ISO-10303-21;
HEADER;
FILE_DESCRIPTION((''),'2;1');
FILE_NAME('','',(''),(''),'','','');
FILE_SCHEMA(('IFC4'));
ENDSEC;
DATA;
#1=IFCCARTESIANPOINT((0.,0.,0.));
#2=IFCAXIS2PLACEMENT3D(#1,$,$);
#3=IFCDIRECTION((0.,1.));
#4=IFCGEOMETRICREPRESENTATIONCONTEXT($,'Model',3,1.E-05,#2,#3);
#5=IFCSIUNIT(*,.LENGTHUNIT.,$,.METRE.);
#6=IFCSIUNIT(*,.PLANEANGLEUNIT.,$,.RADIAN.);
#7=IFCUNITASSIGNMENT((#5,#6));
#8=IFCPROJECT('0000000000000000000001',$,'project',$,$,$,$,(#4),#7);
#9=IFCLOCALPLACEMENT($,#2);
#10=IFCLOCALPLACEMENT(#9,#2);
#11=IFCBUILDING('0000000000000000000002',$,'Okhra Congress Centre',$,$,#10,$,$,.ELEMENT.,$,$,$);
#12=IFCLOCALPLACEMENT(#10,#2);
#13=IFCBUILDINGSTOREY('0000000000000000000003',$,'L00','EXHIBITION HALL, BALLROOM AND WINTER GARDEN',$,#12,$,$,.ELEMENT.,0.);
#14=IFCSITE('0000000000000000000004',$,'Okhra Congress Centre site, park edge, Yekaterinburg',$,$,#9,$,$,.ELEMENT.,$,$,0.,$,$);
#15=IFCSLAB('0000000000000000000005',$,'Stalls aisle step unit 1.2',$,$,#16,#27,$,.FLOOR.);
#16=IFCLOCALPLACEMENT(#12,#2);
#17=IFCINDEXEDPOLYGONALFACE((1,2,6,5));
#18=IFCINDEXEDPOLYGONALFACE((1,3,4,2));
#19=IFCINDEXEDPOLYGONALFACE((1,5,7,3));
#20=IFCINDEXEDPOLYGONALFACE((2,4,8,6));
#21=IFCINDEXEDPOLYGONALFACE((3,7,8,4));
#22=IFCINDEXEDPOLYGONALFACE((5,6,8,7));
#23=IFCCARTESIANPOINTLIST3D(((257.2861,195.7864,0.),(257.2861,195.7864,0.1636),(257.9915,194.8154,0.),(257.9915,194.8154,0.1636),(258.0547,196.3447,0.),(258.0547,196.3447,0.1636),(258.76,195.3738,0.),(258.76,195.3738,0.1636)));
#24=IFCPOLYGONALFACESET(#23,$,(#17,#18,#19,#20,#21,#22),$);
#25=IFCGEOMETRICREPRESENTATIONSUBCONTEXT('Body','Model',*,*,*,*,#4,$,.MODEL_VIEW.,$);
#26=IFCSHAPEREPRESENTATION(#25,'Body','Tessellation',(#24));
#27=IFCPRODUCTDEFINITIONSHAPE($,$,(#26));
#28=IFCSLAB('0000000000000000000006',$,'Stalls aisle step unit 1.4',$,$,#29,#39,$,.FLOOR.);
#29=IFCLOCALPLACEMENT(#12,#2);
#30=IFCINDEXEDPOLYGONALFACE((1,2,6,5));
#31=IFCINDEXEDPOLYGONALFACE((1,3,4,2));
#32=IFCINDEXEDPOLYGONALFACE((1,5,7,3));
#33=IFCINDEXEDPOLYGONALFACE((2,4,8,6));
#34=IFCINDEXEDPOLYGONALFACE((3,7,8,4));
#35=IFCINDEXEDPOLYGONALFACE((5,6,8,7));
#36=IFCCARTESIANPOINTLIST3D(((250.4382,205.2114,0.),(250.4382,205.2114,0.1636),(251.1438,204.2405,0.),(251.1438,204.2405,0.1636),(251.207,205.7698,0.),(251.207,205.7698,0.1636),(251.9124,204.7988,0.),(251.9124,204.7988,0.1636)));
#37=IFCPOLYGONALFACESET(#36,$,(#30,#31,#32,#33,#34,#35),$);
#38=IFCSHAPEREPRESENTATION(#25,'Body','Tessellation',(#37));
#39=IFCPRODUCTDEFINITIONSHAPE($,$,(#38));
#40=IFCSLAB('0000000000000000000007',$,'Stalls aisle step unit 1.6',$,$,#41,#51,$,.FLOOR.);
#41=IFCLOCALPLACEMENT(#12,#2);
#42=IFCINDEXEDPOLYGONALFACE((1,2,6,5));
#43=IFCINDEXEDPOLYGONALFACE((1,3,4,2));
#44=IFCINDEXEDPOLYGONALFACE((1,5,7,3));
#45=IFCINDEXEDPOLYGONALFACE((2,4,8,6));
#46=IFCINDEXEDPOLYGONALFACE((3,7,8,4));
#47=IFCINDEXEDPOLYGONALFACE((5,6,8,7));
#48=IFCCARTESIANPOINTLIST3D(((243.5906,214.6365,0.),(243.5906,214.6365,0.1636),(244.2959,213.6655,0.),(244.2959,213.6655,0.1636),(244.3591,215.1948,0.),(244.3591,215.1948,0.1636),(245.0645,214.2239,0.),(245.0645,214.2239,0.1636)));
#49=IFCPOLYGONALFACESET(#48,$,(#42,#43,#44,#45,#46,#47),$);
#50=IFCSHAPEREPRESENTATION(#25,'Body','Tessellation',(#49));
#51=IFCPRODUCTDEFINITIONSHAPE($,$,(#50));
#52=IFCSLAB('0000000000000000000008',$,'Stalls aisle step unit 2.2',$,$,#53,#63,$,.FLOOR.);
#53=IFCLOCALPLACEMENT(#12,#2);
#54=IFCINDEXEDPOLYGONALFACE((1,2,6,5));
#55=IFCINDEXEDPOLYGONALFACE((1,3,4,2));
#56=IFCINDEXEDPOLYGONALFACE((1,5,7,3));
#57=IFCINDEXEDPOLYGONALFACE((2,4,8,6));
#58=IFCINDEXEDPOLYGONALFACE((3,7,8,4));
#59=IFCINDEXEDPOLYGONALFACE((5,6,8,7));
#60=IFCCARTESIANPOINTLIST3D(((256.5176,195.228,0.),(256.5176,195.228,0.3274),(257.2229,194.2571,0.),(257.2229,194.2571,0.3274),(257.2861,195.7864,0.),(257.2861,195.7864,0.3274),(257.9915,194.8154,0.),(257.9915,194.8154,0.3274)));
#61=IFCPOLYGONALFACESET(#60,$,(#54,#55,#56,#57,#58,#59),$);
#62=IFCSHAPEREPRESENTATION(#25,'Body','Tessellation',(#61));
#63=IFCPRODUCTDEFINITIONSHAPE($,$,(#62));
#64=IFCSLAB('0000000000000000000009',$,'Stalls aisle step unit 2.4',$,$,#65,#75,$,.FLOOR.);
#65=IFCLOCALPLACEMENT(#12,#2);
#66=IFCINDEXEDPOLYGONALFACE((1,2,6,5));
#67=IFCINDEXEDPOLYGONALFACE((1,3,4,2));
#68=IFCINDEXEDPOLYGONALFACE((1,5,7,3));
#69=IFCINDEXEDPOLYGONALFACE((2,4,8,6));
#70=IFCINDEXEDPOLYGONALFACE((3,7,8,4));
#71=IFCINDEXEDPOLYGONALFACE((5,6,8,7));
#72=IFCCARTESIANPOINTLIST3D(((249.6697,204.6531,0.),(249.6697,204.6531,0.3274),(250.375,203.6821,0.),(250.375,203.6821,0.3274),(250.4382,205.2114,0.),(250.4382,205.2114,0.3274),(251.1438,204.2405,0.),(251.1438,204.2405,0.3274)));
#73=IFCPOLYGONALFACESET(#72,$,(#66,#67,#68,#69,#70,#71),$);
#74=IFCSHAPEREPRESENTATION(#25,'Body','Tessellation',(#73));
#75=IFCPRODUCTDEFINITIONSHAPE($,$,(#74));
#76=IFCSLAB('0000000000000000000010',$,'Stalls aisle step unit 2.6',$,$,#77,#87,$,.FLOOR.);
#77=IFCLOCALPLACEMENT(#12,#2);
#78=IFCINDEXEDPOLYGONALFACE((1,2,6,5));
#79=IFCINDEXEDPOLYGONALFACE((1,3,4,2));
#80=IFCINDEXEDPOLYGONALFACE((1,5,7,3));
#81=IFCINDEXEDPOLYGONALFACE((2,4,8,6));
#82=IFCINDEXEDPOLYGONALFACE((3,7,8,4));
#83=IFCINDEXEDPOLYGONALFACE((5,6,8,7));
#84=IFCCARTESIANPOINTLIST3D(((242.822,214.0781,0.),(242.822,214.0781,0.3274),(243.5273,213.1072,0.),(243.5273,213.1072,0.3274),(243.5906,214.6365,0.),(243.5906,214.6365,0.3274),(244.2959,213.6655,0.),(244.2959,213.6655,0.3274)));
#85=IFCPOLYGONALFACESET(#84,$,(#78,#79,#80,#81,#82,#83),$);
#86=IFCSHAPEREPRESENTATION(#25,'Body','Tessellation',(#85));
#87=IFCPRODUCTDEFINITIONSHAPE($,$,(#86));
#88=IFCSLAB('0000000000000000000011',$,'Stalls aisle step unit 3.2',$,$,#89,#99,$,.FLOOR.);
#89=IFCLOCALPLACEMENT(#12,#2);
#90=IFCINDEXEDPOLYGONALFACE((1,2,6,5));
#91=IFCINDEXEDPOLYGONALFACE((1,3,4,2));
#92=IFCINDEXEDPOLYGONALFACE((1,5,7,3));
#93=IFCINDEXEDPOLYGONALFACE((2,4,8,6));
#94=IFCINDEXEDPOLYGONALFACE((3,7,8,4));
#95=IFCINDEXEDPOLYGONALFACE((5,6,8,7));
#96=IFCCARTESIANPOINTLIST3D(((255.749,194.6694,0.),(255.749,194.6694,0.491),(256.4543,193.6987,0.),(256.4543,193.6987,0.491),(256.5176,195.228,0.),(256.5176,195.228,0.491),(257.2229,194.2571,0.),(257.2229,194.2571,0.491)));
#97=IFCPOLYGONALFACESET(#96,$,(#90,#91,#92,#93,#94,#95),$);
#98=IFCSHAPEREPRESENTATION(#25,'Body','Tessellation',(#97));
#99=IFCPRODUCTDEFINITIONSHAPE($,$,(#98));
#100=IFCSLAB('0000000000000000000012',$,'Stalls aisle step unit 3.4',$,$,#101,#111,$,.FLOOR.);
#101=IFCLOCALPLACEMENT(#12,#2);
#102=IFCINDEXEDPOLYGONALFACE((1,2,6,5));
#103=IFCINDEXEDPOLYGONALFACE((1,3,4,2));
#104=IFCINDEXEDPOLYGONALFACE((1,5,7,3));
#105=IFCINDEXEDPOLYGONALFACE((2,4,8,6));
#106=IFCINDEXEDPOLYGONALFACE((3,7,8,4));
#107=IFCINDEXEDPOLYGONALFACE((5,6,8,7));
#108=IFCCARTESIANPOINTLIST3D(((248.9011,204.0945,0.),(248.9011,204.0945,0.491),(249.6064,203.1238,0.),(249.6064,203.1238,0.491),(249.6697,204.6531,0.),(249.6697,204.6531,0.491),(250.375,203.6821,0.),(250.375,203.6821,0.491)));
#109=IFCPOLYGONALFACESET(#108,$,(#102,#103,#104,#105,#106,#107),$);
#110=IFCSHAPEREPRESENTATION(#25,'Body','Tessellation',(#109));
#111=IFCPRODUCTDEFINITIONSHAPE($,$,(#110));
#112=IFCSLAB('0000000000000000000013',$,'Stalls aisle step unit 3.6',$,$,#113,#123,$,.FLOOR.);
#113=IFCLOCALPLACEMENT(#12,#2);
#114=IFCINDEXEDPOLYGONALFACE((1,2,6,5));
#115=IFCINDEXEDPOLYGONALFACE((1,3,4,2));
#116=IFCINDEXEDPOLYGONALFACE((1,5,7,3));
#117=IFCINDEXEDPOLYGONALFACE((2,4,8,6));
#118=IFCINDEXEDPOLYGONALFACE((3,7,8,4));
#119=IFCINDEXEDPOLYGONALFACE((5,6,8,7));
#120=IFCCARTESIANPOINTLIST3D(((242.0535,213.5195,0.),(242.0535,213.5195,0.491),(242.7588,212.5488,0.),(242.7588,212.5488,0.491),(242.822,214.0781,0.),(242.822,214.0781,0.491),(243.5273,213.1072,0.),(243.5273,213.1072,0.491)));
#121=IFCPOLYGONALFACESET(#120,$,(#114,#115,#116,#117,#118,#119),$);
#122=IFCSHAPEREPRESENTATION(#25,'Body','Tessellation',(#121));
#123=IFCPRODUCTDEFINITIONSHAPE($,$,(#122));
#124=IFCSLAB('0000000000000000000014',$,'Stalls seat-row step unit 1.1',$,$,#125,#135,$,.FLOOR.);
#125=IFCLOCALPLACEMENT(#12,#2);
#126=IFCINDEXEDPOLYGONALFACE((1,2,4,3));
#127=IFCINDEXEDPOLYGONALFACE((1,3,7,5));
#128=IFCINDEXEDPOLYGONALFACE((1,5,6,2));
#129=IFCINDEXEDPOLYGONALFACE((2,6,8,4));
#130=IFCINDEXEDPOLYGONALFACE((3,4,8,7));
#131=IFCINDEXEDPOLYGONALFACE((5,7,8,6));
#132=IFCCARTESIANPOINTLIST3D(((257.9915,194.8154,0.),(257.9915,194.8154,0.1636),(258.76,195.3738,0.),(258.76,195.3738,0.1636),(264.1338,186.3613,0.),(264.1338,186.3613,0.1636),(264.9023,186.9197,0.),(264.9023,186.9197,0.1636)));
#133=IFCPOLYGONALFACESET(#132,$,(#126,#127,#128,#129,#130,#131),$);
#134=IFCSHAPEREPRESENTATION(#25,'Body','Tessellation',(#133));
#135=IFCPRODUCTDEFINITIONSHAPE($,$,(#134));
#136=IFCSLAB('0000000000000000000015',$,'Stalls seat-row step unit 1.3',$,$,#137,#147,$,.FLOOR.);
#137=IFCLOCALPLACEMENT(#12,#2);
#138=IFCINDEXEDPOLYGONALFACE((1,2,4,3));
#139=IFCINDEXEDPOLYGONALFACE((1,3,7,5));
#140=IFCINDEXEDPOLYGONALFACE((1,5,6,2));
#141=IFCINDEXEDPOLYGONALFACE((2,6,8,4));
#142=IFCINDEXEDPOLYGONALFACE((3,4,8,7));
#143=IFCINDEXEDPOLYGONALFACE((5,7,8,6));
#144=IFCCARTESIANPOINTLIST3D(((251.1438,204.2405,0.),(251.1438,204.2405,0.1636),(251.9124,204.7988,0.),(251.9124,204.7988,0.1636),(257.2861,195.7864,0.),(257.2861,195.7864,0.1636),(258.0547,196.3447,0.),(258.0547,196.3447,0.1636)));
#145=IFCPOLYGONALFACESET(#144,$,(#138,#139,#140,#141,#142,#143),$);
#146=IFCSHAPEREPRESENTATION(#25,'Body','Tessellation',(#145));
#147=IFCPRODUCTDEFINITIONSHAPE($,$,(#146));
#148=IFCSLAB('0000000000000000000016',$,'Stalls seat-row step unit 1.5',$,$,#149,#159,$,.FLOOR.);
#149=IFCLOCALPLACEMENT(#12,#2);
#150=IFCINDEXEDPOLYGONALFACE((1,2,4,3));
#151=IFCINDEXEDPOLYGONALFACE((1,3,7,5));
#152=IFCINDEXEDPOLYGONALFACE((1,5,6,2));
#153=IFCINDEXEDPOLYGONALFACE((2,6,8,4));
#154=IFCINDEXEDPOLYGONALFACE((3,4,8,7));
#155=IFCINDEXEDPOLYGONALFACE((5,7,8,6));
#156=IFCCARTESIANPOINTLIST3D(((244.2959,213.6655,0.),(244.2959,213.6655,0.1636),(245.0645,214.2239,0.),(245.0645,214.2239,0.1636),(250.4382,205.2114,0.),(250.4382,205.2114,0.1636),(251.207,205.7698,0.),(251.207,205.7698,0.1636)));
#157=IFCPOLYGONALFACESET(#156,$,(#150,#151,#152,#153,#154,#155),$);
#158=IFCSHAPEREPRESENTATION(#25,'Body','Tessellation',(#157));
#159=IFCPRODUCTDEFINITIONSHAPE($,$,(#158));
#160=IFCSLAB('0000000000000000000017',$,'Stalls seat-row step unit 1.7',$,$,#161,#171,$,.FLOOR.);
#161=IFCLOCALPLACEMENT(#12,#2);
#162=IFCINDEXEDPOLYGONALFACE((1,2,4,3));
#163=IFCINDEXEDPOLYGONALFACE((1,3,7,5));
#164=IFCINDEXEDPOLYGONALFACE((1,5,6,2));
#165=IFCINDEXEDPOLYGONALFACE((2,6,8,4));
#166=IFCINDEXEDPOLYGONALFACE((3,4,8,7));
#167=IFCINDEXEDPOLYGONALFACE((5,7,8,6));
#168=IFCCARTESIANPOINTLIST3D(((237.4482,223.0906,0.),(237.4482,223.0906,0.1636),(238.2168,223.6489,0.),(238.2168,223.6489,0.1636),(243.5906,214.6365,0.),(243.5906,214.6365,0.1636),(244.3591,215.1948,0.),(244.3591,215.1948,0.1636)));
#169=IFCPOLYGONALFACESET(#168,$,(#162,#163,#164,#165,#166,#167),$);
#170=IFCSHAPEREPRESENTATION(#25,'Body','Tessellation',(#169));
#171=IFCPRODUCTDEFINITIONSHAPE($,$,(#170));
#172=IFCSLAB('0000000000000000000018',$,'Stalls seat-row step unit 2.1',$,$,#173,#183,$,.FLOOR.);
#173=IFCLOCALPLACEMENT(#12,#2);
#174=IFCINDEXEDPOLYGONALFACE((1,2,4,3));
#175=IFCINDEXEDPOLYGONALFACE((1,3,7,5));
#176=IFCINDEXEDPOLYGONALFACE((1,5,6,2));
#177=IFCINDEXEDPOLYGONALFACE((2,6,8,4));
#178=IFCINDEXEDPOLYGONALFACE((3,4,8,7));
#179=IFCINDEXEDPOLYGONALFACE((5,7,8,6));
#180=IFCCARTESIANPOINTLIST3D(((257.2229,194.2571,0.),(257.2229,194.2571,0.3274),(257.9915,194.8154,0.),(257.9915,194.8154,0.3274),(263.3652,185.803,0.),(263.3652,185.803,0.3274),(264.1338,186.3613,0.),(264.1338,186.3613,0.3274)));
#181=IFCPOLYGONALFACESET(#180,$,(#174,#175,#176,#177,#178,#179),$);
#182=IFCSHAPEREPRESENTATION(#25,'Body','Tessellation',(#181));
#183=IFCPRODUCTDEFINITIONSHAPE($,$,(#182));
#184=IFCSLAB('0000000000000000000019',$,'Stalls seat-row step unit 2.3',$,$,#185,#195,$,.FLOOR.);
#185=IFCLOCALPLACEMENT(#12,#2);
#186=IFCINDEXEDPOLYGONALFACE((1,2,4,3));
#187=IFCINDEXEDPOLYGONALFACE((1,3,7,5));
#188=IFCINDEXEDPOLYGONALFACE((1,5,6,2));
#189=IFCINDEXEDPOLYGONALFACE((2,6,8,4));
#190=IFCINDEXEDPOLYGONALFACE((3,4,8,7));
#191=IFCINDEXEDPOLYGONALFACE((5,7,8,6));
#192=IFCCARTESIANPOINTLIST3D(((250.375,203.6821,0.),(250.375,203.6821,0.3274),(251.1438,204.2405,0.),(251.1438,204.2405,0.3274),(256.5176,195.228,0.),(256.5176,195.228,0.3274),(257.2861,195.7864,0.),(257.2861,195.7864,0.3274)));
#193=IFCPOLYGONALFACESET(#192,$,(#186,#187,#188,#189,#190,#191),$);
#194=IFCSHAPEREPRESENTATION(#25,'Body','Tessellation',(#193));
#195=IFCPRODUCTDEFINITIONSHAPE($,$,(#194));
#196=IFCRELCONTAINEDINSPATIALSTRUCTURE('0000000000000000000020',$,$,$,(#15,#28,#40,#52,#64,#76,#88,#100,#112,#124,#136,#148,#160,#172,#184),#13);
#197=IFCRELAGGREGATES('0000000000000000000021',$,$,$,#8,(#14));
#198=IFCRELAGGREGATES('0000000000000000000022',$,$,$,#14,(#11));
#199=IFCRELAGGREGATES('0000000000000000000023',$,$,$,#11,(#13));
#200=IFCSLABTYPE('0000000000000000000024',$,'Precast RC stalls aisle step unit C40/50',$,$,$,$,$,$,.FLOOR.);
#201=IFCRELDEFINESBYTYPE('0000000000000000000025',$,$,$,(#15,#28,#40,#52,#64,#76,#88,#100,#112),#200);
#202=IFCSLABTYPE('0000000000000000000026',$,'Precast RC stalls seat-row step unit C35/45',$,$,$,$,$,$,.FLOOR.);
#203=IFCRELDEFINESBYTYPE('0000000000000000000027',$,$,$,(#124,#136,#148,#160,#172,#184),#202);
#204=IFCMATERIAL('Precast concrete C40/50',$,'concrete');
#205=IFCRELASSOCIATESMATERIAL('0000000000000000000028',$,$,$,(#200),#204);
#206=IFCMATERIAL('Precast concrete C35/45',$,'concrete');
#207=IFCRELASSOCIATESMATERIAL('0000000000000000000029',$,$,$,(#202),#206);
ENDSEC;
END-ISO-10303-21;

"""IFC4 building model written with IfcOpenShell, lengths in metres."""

from ifc_helpers import new_model, si_unit, direction, origin, place, context, subcontext, project, spatial, polyline, outline, extrude, material, type_object, element, save


model = new_model("IFC4")

# Units and contexts
model_context = context("Model", 3, precision=1e-05, world=origin(), true_north=direction((0.0, 1.0)))
body_context = subcontext(model_context, "Body", "Model", "MODEL_VIEW")
ifc_project = project(units=[si_unit("LENGTHUNIT", "METRE"), si_unit("PLANEANGLEUNIT", "RADIAN")], contexts=[model_context])

# Site, building, storey
site_placement = place(None, origin())
site = spatial("IfcSite", under=ifc_project, at=site_placement, Name="Okhra Congress Centre site, park edge, Yekaterinburg", CompositionType="ELEMENT", RefElevation=0.0)
building_placement = place(site_placement, origin())
building = spatial("IfcBuilding", under=site, at=building_placement, Name="Okhra Congress Centre", CompositionType="ELEMENT")
storey_placement = place(building_placement, origin())
storey = spatial("IfcBuildingStorey", under=building, at=storey_placement, Name="L00", Description="EXHIBITION HALL, BALLROOM AND WINTER GARDEN", CompositionType="ELEMENT", Elevation=0.0)

# Slabs
ifc_material_1 = material(Name="Precast concrete C40/50", Category="concrete")
slab_type_1 = type_object("IfcSlabType", Name="Precast RC stalls aisle step unit C40/50", PredefinedType="FLOOR", material=ifc_material_1)
slab_1_placement = place(storey_placement, origin())
element("IfcSlab", 1, at=slab_1_placement, inside=storey, type_object=slab_type_1, Name="Stalls aisle step unit 1.2", PredefinedType="FLOOR", context=body_context, shape_type="SweptSolid", body=[
    extrude(outline(polyline([(257.9915, 194.8154), (258.76, 195.3738), (258.0547, 196.3447), (257.2861, 195.7864), (257.9915, 194.8154)])), origin(), (0.0, 0.0, 1.0), 0.1636),
])
slab_2_placement = place(storey_placement, origin())
element("IfcSlab", 2, at=slab_2_placement, inside=storey, type_object=slab_type_1, Name="Stalls aisle step unit 1.4", PredefinedType="FLOOR", context=body_context, shape_type="SweptSolid", body=[
    extrude(outline(polyline([(251.1438, 204.2405), (251.9124, 204.7988), (251.207, 205.7698), (250.4382, 205.2114), (251.1438, 204.2405)])), origin(), (0.0, 0.0, 1.0), 0.1636),
])
slab_3_placement = place(storey_placement, origin())
element("IfcSlab", 3, at=slab_3_placement, inside=storey, type_object=slab_type_1, Name="Stalls aisle step unit 1.6", PredefinedType="FLOOR", context=body_context, shape_type="SweptSolid", body=[
    extrude(outline(polyline([(244.2959, 213.6655), (245.0645, 214.2239), (244.3591, 215.1948), (243.5906, 214.6365), (244.2959, 213.6655)])), origin(), (0.0, 0.0, 1.0), 0.1636),
])
slab_4_placement = place(storey_placement, origin())
element("IfcSlab", 4, at=slab_4_placement, inside=storey, type_object=slab_type_1, Name="Stalls aisle step unit 2.2", PredefinedType="FLOOR", context=body_context, shape_type="SweptSolid", body=[
    extrude(outline(polyline([(257.2229, 194.2571), (257.9915, 194.8154), (257.2861, 195.7864), (256.5176, 195.228), (257.2229, 194.2571)])), origin(), (0.0, 0.0, 1.0), 0.3274),
])
slab_5_placement = place(storey_placement, origin())
element("IfcSlab", 5, at=slab_5_placement, inside=storey, type_object=slab_type_1, Name="Stalls aisle step unit 2.4", PredefinedType="FLOOR", context=body_context, shape_type="SweptSolid", body=[
    extrude(outline(polyline([(250.375, 203.6821), (251.1438, 204.2405), (250.4382, 205.2114), (249.6697, 204.6531), (250.375, 203.6821)])), origin(), (0.0, 0.0, 1.0), 0.3274),
])
slab_6_placement = place(storey_placement, origin())
element("IfcSlab", 6, at=slab_6_placement, inside=storey, type_object=slab_type_1, Name="Stalls aisle step unit 2.6", PredefinedType="FLOOR", context=body_context, shape_type="SweptSolid", body=[
    extrude(outline(polyline([(243.5273, 213.1072), (244.2959, 213.6655), (243.5906, 214.6365), (242.822, 214.0781), (243.5273, 213.1072)])), origin(), (0.0, 0.0, 1.0), 0.3274),
])
slab_7_placement = place(storey_placement, origin())
element("IfcSlab", 7, at=slab_7_placement, inside=storey, type_object=slab_type_1, Name="Stalls aisle step unit 3.2", PredefinedType="FLOOR", context=body_context, shape_type="SweptSolid", body=[
    extrude(outline(polyline([(256.4543, 193.6987), (257.2229, 194.2571), (256.5176, 195.228), (255.749, 194.6694), (256.4543, 193.6987)])), origin(), (0.0, 0.0, 1.0), 0.491),
])
slab_8_placement = place(storey_placement, origin())
element("IfcSlab", 8, at=slab_8_placement, inside=storey, type_object=slab_type_1, Name="Stalls aisle step unit 3.4", PredefinedType="FLOOR", context=body_context, shape_type="SweptSolid", body=[
    extrude(outline(polyline([(249.6064, 203.1238), (250.375, 203.6821), (249.6697, 204.6531), (248.9011, 204.0945), (249.6064, 203.1238)])), origin(), (0.0, 0.0, 1.0), 0.491),
])
slab_9_placement = place(storey_placement, origin())
element("IfcSlab", 9, at=slab_9_placement, inside=storey, type_object=slab_type_1, Name="Stalls aisle step unit 3.6", PredefinedType="FLOOR", context=body_context, shape_type="SweptSolid", body=[
    extrude(outline(polyline([(242.7588, 212.5488), (243.5273, 213.1072), (242.822, 214.0781), (242.0535, 213.5195), (242.7588, 212.5488)])), origin(), (0.0, 0.0, 1.0), 0.491),
])
ifc_material_2 = material(Name="Precast concrete C35/45", Category="concrete")
slab_type_2 = type_object("IfcSlabType", Name="Precast RC stalls seat-row step unit C35/45", PredefinedType="FLOOR", material=ifc_material_2)
slab_10_placement = place(storey_placement, origin())
element("IfcSlab", 10, at=slab_10_placement, inside=storey, type_object=slab_type_2, Name="Stalls seat-row step unit 1.1", PredefinedType="FLOOR", context=body_context, shape_type="SweptSolid", body=[
    extrude(outline(polyline([(264.1338, 186.3613), (264.9023, 186.9197), (258.76, 195.3738), (257.9915, 194.8154), (264.1338, 186.3613)])), origin(), (0.0, 0.0, 1.0), 0.1636),
])
slab_11_placement = place(storey_placement, origin())
element("IfcSlab", 11, at=slab_11_placement, inside=storey, type_object=slab_type_2, Name="Stalls seat-row step unit 1.3", PredefinedType="FLOOR", context=body_context, shape_type="SweptSolid", body=[
    extrude(outline(polyline([(257.2861, 195.7864), (258.0547, 196.3447), (251.9124, 204.7988), (251.1438, 204.2405), (257.2861, 195.7864)])), origin(), (0.0, 0.0, 1.0), 0.1636),
])
slab_12_placement = place(storey_placement, origin())
element("IfcSlab", 12, at=slab_12_placement, inside=storey, type_object=slab_type_2, Name="Stalls seat-row step unit 1.5", PredefinedType="FLOOR", context=body_context, shape_type="SweptSolid", body=[
    extrude(outline(polyline([(250.4382, 205.2114), (251.207, 205.7698), (245.0645, 214.2239), (244.2959, 213.6655), (250.4382, 205.2114)])), origin(), (0.0, 0.0, 1.0), 0.1636),
])
slab_13_placement = place(storey_placement, origin())
element("IfcSlab", 13, at=slab_13_placement, inside=storey, type_object=slab_type_2, Name="Stalls seat-row step unit 1.7", PredefinedType="FLOOR", context=body_context, shape_type="SweptSolid", body=[
    extrude(outline(polyline([(243.5906, 214.6365), (244.3591, 215.1948), (238.2168, 223.6489), (237.4482, 223.0906), (243.5906, 214.6365)])), origin(), (0.0, 0.0, 1.0), 0.1636),
])
slab_14_placement = place(storey_placement, origin())
element("IfcSlab", 14, at=slab_14_placement, inside=storey, type_object=slab_type_2, Name="Stalls seat-row step unit 2.1", PredefinedType="FLOOR", context=body_context, shape_type="SweptSolid", body=[
    extrude(outline(polyline([(263.3652, 185.803), (264.1338, 186.3613), (257.9915, 194.8154), (257.2229, 194.2571), (263.3652, 185.803)])), origin(), (0.0, 0.0, 1.0), 0.3274),
])
slab_15_placement = place(storey_placement, origin())
element("IfcSlab", 15, at=slab_15_placement, inside=storey, type_object=slab_type_2, Name="Stalls seat-row step unit 2.3", PredefinedType="FLOOR", context=body_context, shape_type="SweptSolid", body=[
    extrude(outline(polyline([(256.5176, 195.228), (257.2861, 195.7864), (251.1438, 204.2405), (250.375, 203.6821), (256.5176, 195.228)])), origin(), (0.0, 0.0, 1.0), 0.3274),
])

save(model, "model.ifc")
